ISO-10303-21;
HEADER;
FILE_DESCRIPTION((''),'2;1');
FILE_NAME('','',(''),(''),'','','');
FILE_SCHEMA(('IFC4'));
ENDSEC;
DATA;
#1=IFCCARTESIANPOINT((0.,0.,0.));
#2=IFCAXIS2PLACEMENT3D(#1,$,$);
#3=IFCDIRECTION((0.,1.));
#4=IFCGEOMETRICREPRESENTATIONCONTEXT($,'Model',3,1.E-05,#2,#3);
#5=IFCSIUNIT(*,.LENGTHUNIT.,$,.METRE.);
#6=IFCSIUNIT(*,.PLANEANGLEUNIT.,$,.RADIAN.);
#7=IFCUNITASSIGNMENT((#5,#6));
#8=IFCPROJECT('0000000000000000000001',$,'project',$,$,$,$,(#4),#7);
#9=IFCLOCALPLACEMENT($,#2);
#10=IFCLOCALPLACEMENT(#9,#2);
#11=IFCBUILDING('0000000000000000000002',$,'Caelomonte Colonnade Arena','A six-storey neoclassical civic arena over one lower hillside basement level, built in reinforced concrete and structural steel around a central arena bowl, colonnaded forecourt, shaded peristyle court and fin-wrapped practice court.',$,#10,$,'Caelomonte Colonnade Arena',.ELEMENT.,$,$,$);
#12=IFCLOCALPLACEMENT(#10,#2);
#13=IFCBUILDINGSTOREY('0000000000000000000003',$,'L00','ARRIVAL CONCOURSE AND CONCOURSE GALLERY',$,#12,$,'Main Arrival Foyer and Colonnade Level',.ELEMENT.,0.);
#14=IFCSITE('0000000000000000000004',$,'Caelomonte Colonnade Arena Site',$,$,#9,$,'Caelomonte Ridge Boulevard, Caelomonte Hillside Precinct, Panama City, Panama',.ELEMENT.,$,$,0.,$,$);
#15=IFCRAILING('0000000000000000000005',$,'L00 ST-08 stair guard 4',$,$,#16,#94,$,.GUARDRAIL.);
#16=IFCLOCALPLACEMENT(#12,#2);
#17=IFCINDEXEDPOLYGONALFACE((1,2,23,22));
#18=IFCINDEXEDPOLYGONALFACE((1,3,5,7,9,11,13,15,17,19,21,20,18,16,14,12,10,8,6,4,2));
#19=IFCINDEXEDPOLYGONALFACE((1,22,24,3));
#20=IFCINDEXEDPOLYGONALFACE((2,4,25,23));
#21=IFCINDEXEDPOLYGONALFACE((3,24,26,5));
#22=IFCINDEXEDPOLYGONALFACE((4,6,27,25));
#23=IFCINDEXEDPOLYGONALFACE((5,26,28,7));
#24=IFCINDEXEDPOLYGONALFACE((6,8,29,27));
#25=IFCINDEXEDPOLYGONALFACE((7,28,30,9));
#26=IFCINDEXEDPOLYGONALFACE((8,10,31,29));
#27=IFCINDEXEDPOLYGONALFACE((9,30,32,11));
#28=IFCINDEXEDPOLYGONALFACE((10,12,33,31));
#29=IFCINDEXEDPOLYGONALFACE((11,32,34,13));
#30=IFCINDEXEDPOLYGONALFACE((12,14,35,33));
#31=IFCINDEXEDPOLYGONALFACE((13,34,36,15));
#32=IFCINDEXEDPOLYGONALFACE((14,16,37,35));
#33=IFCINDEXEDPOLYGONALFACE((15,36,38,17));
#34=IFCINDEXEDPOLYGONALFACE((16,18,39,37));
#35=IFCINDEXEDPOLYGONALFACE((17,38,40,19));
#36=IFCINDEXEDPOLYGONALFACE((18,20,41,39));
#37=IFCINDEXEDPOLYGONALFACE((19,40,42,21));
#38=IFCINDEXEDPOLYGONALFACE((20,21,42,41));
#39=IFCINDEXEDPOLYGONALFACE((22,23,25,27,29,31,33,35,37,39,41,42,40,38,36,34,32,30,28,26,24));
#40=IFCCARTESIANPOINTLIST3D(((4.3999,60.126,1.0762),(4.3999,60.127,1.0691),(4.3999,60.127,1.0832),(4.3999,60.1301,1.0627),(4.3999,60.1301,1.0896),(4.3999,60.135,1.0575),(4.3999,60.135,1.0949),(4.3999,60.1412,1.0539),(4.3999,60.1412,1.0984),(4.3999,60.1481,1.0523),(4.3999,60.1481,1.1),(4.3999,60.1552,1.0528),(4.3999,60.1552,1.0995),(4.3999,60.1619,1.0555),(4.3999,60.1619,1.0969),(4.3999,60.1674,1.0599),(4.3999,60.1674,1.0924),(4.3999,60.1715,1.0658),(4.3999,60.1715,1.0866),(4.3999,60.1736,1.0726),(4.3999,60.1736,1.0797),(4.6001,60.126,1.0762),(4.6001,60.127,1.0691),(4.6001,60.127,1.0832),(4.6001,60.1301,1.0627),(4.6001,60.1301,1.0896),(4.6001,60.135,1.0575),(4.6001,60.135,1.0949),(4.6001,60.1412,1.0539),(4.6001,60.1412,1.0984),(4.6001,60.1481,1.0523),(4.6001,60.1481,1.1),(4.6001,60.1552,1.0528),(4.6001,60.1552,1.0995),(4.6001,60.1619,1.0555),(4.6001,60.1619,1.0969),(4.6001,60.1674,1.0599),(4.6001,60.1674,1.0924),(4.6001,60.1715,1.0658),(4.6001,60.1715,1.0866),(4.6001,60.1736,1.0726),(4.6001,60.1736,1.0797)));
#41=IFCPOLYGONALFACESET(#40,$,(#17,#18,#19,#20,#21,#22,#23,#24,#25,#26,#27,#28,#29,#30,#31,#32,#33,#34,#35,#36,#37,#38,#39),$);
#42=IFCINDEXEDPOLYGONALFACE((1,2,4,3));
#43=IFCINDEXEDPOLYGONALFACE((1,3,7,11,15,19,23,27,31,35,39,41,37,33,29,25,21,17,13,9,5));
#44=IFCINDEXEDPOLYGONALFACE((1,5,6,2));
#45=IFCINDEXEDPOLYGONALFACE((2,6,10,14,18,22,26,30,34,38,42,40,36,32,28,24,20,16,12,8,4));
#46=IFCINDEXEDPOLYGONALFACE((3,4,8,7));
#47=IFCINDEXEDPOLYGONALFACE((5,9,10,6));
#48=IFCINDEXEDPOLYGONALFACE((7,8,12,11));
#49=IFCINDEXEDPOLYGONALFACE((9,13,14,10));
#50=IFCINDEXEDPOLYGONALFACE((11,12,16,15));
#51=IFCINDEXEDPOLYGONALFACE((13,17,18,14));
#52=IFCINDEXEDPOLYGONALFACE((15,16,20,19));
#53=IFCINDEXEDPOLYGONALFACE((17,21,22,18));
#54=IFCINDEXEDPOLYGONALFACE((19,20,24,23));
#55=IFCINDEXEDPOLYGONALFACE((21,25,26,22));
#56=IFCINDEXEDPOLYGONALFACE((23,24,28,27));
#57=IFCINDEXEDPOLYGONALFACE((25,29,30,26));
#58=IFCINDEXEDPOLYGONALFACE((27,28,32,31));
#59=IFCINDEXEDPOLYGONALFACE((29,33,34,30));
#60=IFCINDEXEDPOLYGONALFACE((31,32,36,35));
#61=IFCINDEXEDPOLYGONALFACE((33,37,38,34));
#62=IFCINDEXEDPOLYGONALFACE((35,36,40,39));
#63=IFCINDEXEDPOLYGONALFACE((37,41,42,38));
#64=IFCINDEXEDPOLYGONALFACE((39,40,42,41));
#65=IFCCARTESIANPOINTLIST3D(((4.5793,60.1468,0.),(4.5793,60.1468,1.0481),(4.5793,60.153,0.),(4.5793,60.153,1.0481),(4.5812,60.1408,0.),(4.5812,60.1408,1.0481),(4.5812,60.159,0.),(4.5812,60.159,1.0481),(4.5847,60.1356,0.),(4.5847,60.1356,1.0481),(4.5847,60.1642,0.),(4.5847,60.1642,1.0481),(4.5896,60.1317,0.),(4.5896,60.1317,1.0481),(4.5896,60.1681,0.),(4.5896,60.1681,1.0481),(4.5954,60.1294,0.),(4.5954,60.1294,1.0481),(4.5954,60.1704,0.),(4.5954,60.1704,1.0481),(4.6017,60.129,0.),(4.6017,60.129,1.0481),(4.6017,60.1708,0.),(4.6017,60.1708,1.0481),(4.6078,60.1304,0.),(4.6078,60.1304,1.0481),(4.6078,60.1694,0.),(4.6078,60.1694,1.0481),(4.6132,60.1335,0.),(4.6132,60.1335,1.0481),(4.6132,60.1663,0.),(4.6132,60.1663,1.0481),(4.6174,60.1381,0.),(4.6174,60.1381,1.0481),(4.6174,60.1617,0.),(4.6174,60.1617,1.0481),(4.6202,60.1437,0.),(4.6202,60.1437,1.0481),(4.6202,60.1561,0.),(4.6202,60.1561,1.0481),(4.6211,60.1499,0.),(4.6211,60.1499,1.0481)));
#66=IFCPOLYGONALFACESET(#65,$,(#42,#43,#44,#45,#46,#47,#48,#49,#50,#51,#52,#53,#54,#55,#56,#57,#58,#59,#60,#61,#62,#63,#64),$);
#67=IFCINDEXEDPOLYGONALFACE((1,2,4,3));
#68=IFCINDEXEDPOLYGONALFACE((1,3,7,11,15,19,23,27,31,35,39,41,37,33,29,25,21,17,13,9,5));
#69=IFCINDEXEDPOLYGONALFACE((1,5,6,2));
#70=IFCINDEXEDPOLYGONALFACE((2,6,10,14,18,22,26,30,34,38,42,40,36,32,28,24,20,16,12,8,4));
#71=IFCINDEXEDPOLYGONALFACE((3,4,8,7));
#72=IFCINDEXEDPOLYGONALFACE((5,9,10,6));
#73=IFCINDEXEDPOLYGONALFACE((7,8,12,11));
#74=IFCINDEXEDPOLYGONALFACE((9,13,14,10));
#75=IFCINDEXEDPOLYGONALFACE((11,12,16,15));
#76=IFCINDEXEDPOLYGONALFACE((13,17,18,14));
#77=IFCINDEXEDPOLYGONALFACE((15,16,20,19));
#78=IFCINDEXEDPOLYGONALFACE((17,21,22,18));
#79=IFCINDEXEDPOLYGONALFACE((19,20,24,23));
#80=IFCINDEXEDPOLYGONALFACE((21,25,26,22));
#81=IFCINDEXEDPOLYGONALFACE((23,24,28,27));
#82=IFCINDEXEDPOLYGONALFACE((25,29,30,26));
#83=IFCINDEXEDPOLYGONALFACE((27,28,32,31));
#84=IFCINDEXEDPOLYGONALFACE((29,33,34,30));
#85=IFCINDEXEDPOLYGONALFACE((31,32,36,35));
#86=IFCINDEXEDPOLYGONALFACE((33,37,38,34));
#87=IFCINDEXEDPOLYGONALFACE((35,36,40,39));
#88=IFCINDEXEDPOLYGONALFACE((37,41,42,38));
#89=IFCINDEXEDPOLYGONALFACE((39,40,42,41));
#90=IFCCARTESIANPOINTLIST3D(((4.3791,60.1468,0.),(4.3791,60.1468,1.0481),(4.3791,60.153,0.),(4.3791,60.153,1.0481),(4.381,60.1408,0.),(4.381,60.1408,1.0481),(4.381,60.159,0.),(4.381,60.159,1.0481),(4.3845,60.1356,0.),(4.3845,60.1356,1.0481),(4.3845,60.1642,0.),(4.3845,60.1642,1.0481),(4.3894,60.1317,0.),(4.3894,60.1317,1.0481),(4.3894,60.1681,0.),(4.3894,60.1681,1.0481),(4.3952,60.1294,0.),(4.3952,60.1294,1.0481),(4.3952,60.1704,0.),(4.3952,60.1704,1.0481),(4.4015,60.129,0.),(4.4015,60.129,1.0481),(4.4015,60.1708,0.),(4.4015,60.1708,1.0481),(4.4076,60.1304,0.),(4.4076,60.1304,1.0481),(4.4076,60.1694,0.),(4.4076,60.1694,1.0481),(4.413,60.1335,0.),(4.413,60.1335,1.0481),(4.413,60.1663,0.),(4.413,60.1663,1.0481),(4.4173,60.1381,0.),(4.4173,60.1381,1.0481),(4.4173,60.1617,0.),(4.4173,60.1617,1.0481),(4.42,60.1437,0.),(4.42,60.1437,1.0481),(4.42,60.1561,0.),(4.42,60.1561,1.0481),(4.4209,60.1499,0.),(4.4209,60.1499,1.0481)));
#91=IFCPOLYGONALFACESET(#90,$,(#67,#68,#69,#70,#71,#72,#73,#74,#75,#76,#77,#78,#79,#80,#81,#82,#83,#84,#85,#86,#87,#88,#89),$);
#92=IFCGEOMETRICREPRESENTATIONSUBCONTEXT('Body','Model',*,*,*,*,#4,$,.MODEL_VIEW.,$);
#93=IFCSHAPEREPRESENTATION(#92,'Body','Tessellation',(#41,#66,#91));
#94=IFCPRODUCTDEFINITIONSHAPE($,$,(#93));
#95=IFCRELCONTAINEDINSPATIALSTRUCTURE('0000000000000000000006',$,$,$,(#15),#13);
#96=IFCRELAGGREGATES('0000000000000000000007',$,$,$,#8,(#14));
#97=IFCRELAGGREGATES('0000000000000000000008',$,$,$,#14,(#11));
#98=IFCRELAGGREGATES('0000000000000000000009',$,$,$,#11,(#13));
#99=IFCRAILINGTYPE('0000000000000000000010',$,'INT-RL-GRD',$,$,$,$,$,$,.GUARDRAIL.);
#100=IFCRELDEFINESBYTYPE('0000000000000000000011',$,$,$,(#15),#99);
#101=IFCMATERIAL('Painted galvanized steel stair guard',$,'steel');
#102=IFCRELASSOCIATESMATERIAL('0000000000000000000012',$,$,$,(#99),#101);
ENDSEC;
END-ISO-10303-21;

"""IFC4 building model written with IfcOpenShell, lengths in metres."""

from ifc_helpers import new_model, si_unit, direction, frame, origin, origin_2d, place, context, subcontext, project, spatial, circle, extrude, material, type_object, element, save


model = new_model("IFC4")

# Units and contexts
model_context = context("Model", 3, precision=1e-05, world=origin(), true_north=direction((0.0, 1.0)))
body_context = subcontext(model_context, "Body", "Model", "MODEL_VIEW")
ifc_project = project(units=[si_unit("LENGTHUNIT", "METRE"), si_unit("PLANEANGLEUNIT", "RADIAN")], contexts=[model_context])

# Site, building, storey
site_placement = place(None, origin())
site = spatial("IfcSite", under=ifc_project, at=site_placement, Name="Caelomonte Colonnade Arena Site", LongName="Caelomonte Ridge Boulevard, Caelomonte Hillside Precinct, Panama City, Panama", CompositionType="ELEMENT", RefElevation=0.0)
building_placement = place(site_placement, origin())
building = spatial("IfcBuilding", under=site, at=building_placement, Name="Caelomonte Colonnade Arena", Description="A six-storey neoclassical civic arena over one lower hillside basement level, built in reinforced concrete and structural steel around a central arena bowl, colonnaded forecourt, shaded peristyle court and fin-wrapped practice court.", LongName="Caelomonte Colonnade Arena", CompositionType="ELEMENT")
storey_placement = place(building_placement, origin())
storey = spatial("IfcBuildingStorey", under=building, at=storey_placement, Name="L00", Description="ARRIVAL CONCOURSE AND CONCOURSE GALLERY", LongName="Main Arrival Foyer and Colonnade Level", CompositionType="ELEMENT", Elevation=0.0)

# Railing
ifc_material_1 = material(Name="Painted galvanized steel stair guard", Category="steel")
railing_type_1 = type_object("IfcRailingType", Name="INT-RL-GRD", PredefinedType="GUARDRAIL", material=ifc_material_1)
railing_1_placement = place(storey_placement, frame((4.6001, 60.1499, 0.0)))
element("IfcRailing", 1, at=railing_1_placement, inside=storey, type_object=railing_type_1, Name="L00 ST-08 stair guard 4", PredefinedType="GUARDRAIL", context=body_context, shape_type="SweptSolid", body=[
    extrude(circle(Radius=0.0239, at=origin_2d()), frame((0.0, 0.0, 1.0762), z_axis=(-1.0, 0.0, 0.0), x_axis=(0.0, -1.0, 0.0)), (0.0, 0.0, 1.0), 0.2002),
    extrude(circle(Radius=0.021, at=origin_2d()), origin(), (0.0, 0.0, 1.0), 1.0481),
    extrude(circle(Radius=0.021, at=origin_2d()), frame((-0.2002, 0.0, 0.0)), (0.0, 0.0, 1.0), 1.0481),
])

save(model, "model.ifc")
